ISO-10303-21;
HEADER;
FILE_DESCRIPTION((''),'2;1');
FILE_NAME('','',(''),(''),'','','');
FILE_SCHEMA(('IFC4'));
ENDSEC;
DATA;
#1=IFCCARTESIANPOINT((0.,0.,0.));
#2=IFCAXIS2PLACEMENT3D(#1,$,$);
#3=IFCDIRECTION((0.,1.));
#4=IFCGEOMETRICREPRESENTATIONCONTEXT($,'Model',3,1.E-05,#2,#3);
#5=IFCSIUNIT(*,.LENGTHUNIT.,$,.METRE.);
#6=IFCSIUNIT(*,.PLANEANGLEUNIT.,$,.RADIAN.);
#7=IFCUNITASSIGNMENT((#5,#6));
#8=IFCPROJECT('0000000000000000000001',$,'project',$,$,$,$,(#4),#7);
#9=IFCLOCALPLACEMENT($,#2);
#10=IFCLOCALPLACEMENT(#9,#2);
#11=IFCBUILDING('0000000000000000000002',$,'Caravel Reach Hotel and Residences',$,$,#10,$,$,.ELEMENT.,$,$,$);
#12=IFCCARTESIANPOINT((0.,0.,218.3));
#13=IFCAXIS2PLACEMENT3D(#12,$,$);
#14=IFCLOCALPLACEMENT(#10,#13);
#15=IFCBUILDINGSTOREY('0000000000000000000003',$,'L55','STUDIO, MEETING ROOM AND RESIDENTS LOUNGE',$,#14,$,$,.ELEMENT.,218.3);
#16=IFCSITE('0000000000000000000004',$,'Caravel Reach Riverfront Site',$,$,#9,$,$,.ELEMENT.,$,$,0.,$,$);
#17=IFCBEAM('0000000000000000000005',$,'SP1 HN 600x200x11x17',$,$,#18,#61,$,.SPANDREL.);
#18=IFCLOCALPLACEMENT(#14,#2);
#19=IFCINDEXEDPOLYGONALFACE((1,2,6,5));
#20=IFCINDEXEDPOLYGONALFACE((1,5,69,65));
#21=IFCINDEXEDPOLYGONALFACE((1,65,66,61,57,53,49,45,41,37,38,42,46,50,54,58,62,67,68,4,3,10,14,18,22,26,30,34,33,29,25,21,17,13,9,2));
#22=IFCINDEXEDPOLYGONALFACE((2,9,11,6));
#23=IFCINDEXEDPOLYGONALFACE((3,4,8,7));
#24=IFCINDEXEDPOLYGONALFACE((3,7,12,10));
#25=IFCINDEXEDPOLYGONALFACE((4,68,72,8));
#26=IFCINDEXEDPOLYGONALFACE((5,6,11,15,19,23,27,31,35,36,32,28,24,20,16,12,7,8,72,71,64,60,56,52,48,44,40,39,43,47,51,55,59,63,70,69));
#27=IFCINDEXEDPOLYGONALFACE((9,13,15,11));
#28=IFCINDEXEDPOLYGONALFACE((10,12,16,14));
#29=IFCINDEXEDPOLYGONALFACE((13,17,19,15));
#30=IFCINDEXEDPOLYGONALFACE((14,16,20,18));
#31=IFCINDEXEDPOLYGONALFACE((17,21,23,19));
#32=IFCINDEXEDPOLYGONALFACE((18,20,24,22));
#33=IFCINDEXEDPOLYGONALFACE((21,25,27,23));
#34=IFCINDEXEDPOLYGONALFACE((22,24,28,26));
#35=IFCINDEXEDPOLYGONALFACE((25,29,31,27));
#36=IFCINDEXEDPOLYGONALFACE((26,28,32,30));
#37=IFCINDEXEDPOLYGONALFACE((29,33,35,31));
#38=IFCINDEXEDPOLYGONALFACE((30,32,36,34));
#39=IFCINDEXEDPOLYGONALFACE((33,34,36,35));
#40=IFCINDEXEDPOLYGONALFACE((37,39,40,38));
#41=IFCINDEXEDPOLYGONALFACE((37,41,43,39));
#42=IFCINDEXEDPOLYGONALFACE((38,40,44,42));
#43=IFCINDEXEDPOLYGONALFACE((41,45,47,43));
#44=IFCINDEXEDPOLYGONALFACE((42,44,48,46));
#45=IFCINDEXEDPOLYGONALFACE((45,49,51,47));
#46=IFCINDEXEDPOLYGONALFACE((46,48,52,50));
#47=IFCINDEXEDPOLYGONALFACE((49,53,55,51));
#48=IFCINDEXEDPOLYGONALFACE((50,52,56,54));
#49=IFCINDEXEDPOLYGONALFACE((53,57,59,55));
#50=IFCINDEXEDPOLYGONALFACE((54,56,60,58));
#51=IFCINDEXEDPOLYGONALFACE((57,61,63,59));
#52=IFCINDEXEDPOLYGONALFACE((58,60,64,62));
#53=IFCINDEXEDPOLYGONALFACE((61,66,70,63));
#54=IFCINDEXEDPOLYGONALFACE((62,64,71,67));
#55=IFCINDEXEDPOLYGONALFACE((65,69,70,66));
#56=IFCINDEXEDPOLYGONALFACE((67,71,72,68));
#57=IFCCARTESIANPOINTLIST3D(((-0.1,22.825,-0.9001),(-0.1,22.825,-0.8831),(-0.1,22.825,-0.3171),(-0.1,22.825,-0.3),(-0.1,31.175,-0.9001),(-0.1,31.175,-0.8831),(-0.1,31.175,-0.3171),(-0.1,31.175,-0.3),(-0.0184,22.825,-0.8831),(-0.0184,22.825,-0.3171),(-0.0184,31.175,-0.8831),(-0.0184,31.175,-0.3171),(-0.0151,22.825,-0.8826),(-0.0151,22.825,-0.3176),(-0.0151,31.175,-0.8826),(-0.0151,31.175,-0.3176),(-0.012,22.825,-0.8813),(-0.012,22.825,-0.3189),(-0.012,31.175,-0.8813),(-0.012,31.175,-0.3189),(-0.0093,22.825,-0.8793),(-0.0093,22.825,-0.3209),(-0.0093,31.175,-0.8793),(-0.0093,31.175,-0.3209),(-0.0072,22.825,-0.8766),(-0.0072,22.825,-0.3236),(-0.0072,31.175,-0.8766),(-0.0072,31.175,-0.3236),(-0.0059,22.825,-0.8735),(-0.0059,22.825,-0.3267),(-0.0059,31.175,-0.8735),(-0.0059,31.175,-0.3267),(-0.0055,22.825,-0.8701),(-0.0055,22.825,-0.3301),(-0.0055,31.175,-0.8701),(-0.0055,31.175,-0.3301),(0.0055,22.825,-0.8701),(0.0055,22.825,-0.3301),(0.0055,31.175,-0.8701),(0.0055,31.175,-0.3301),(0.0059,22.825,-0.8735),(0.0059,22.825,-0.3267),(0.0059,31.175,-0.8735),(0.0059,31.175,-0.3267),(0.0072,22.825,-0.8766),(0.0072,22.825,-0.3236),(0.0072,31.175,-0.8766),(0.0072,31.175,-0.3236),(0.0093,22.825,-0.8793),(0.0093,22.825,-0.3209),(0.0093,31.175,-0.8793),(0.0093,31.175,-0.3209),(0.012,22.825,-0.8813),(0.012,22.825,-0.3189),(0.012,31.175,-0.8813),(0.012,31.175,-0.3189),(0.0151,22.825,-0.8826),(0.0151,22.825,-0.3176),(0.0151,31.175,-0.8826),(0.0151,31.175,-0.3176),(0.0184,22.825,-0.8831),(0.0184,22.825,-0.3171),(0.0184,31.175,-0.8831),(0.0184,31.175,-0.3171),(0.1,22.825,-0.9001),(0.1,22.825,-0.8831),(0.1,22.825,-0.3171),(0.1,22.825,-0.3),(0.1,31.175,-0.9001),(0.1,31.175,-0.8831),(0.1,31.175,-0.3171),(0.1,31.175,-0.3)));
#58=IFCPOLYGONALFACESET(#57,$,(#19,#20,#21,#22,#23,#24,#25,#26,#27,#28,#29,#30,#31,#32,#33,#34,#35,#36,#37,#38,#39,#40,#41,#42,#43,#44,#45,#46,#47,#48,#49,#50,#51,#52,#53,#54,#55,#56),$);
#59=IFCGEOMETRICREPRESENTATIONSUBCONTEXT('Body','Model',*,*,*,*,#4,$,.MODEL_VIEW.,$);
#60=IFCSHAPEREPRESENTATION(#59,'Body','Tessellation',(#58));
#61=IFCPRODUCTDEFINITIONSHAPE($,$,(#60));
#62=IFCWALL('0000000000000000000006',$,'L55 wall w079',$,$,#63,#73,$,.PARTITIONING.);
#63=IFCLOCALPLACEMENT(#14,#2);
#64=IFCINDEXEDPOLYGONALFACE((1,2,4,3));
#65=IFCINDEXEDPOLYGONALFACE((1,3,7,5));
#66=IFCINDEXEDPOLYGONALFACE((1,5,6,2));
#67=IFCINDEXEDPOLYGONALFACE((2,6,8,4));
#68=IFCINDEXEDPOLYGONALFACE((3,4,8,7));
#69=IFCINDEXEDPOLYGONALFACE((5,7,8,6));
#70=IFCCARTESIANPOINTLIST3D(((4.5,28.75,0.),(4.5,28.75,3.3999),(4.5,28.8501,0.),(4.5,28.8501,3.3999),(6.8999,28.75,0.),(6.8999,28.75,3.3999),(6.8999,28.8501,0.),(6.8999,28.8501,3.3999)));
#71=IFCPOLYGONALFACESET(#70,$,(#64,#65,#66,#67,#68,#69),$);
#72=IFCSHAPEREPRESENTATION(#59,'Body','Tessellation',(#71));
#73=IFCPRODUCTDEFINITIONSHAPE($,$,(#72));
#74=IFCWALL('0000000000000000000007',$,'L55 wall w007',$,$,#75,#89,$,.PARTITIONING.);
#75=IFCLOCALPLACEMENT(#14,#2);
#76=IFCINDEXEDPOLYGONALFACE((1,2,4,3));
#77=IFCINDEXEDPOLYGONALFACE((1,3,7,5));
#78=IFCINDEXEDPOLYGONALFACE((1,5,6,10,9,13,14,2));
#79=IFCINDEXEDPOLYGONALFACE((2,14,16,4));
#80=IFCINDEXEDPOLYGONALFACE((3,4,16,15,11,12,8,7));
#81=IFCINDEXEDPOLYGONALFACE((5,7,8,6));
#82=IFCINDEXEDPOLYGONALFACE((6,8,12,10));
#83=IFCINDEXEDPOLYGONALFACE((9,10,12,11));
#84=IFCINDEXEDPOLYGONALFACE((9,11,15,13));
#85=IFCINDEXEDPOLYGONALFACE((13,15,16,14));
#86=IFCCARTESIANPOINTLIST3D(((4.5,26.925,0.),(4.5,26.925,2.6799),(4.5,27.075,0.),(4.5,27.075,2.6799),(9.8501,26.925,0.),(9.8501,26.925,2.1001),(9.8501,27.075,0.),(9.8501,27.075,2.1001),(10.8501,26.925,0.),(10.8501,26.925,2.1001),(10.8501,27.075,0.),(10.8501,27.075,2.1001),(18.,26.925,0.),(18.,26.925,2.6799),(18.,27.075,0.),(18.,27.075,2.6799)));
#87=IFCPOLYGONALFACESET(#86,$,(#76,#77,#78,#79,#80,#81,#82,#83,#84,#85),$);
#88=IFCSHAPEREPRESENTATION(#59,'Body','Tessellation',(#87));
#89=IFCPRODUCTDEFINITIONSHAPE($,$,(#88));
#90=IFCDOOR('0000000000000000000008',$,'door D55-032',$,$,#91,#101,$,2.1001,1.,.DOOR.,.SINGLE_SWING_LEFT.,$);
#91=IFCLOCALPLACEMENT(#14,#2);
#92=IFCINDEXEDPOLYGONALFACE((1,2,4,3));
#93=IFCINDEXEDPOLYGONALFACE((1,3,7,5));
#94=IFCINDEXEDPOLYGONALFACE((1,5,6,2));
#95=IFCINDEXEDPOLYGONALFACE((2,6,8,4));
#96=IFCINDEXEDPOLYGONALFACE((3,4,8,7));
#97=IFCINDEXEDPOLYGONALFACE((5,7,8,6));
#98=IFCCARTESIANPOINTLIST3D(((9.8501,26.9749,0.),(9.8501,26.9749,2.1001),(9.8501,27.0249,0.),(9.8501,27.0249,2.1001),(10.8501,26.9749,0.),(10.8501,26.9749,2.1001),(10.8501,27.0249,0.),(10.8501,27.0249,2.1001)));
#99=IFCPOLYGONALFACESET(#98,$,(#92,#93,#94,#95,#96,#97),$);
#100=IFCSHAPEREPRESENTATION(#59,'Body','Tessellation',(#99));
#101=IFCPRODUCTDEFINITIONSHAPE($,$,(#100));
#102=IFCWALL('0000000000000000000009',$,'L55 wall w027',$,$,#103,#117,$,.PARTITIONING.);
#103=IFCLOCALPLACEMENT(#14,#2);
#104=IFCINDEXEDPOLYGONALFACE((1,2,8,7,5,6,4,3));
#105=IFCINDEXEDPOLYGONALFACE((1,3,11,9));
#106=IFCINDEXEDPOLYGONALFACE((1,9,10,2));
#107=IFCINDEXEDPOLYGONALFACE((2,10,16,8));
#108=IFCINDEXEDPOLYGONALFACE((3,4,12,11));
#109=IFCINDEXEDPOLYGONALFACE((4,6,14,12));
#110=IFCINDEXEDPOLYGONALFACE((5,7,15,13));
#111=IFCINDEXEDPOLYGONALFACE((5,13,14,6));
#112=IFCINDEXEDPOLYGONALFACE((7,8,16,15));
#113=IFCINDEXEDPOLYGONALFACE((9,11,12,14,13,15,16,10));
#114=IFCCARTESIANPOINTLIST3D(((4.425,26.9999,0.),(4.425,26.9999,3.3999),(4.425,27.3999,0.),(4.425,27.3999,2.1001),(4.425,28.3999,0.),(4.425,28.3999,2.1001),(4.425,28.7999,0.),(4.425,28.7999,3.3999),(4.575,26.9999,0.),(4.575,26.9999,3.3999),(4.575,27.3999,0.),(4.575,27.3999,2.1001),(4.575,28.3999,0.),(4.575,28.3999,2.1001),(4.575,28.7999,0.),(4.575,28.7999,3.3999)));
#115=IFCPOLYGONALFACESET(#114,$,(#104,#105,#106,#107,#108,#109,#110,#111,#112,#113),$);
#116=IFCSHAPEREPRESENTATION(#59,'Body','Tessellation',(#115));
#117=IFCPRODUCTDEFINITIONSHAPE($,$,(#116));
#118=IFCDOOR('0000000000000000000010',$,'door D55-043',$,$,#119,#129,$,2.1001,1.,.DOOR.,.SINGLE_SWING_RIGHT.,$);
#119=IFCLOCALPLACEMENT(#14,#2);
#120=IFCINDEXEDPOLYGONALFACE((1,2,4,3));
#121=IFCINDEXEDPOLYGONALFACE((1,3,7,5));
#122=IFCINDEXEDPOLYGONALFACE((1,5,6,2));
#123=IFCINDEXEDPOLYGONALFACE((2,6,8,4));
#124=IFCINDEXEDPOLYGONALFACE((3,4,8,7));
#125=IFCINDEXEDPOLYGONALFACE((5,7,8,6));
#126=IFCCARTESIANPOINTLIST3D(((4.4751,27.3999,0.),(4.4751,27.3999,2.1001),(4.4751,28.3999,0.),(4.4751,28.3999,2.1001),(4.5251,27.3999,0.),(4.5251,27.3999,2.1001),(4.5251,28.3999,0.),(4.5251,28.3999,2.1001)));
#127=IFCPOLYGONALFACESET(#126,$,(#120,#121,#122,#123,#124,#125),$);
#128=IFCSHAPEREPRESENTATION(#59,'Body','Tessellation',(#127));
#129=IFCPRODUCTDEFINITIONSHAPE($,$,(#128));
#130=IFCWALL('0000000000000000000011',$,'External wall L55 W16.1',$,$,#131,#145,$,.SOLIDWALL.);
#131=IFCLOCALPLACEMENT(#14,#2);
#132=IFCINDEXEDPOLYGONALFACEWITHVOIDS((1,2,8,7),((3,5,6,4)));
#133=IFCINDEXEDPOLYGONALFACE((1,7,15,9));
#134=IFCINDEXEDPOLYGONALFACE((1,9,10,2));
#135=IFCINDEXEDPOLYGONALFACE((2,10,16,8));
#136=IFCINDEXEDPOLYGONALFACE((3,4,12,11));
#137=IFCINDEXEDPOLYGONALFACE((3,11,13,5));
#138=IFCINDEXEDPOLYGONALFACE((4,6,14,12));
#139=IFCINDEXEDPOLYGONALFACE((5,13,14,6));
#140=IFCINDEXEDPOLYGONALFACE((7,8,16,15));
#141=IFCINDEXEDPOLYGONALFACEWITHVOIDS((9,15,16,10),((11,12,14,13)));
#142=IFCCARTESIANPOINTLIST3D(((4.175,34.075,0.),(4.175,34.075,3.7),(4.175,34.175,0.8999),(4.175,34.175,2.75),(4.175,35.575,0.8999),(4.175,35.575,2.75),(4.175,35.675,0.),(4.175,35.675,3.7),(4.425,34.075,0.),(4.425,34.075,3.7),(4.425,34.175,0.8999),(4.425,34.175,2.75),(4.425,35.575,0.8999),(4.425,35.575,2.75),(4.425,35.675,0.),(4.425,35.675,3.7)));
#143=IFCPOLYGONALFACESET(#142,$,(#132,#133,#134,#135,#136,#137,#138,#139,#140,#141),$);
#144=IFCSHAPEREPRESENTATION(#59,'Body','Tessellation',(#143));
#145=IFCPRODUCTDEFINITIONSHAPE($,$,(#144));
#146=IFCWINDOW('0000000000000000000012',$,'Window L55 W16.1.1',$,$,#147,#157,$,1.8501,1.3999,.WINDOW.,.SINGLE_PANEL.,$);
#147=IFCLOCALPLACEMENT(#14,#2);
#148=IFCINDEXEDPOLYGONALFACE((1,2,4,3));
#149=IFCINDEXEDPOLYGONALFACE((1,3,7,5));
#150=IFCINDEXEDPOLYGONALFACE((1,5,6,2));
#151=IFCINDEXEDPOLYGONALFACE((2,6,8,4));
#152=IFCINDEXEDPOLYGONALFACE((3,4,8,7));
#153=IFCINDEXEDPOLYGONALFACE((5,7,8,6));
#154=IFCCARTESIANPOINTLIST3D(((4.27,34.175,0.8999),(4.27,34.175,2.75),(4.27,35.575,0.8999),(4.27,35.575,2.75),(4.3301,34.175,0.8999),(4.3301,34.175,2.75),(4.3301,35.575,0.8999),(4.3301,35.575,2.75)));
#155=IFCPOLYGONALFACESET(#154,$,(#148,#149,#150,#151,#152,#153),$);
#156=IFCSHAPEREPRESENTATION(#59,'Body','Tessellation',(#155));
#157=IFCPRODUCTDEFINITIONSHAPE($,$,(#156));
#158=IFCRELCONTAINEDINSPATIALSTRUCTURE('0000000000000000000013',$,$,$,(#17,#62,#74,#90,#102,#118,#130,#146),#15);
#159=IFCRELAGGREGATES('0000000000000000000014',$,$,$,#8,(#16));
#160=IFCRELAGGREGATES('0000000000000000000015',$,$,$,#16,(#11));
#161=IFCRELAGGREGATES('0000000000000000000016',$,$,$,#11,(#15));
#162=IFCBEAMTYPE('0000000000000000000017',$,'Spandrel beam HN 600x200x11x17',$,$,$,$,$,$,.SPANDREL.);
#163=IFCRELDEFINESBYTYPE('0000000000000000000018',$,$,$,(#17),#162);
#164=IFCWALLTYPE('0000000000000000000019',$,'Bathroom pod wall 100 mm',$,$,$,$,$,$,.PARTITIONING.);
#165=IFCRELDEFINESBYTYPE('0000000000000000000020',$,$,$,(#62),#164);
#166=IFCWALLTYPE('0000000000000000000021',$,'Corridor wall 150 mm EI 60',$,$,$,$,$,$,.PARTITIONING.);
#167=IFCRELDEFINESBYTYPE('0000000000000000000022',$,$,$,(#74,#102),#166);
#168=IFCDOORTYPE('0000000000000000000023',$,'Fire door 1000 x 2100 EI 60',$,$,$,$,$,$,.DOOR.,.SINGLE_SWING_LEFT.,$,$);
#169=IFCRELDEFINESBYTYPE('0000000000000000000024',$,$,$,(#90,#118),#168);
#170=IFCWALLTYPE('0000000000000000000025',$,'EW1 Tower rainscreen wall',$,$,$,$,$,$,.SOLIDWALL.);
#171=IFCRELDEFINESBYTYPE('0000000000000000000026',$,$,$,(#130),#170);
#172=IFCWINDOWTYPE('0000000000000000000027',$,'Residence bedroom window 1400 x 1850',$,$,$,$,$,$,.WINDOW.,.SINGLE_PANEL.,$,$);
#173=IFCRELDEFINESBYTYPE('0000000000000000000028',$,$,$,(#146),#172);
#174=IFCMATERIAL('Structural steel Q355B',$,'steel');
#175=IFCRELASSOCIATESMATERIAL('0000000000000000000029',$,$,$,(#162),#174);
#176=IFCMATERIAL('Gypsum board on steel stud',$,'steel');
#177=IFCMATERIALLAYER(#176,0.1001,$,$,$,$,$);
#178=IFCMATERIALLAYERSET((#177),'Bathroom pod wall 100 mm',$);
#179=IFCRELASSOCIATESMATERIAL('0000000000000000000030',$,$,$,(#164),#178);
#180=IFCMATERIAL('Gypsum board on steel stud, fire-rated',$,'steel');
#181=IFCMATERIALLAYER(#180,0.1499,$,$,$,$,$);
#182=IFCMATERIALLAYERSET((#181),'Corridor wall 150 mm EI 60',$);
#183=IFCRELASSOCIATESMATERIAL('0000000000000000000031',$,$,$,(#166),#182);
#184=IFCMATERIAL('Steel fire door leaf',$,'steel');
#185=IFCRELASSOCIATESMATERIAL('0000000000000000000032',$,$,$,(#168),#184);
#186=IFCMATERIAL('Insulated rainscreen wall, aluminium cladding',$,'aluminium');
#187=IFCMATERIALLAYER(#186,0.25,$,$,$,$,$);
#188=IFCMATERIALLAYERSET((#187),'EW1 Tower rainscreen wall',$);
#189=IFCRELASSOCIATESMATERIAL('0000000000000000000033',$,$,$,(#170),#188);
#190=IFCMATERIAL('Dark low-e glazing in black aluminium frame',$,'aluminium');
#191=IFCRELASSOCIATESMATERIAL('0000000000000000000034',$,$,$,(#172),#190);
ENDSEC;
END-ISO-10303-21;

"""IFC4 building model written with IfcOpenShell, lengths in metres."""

from ifc_helpers import new_model, si_unit, direction, frame, frame_2d, origin, origin_2d, place, context, subcontext, project, spatial, rectangle, i_section, extrude, material, layer, layer_set, material_profile, profile_set, type_object, element, fill, save


model = new_model("IFC4")

# Units and contexts
model_context = context("Model", 3, precision=1e-05, world=origin(), true_north=direction((0.0, 1.0)))
body_context = subcontext(model_context, "Body", "Model", "MODEL_VIEW")
ifc_project = project(units=[si_unit("LENGTHUNIT", "METRE"), si_unit("PLANEANGLEUNIT", "RADIAN")], contexts=[model_context])

# Site, building, storey
site_placement = place(None, origin())
site = spatial("IfcSite", under=ifc_project, at=site_placement, Name="Caravel Reach Riverfront Site", CompositionType="ELEMENT", RefElevation=0.0)
building_placement = place(site_placement, origin())
building = spatial("IfcBuilding", under=site, at=building_placement, Name="Caravel Reach Hotel and Residences", CompositionType="ELEMENT")
storey_placement = place(building_placement, frame((0.0, 0.0, 218.3)))
storey = spatial("IfcBuildingStorey", under=building, at=storey_placement, Name="L55", Description="STUDIO, MEETING ROOM AND RESIDENTS LOUNGE", CompositionType="ELEMENT", Elevation=218.3)

# Beam
ifc_material_1 = material(Name="Structural steel Q355B", Category="steel")
ifc_material_profile_1 = material_profile(ifc_material_1, i_section(OverallWidth=0.2, OverallDepth=0.6001, WebThickness=0.011, FlangeThickness=0.0171, FilletRadius=0.0129, at=origin_2d()), Name="HN 600x200x11x17")
ifc_profile_set_1 = profile_set([ifc_material_profile_1], Name="Structural steel Q355B")
beam_type = type_object("IfcBeamType", Name="Spandrel beam HN 600x200x11x17", PredefinedType="SPANDREL", material=ifc_profile_set_1)
beam_placement = place(storey_placement, frame((0.0, 31.175, -0.6001), z_axis=(0.0, -1.0, 0.0), x_axis=(1.0, 0.0, 0.0)))
element("IfcBeam", 1, at=beam_placement, inside=storey, type_object=beam_type, Name="SP1 HN 600x200x11x17", PredefinedType="SPANDREL", context=body_context, shape_type="SweptSolid", body=[
    extrude(i_section(OverallWidth=0.2, OverallDepth=0.6001, WebThickness=0.011, FlangeThickness=0.0171, FilletRadius=0.0129, at=origin_2d()), origin(), (0.0, 0.0, 1.0), 8.3501),
])

# Wall
ifc_material_2 = material(Name="Gypsum board on steel stud", Category="steel")
ifc_layer_1 = layer(ifc_material_2, 0.1001)
ifc_layer_set_1 = layer_set([ifc_layer_1], Name="Bathroom pod wall 100 mm")
wall_type_1 = type_object("IfcWallType", Name="Bathroom pod wall 100 mm", PredefinedType="PARTITIONING", material=ifc_layer_set_1)
wall_1_placement = place(storey_placement, frame((4.5, 28.8, 0.0), z_axis=(0.0, 0.0, 1.0), x_axis=(1.0, 0.0, 0.0)))
element("IfcWall", 2, at=wall_1_placement, inside=storey, type_object=wall_type_1, Name="L55 wall w079", PredefinedType="PARTITIONING", context=body_context, shape_type="SweptSolid", body=[
    extrude(rectangle(XDim=2.3999, YDim=0.1001, at=frame_2d((1.2, 0.0))), origin(), (0.0, 0.0, 1.0), 3.3999),
])

# Walls, openings, doors
ifc_material_3 = material(Name="Gypsum board on steel stud, fire-rated", Category="steel")
ifc_layer_2 = layer(ifc_material_3, 0.1499)
ifc_layer_set_2 = layer_set([ifc_layer_2], Name="Corridor wall 150 mm EI 60")
wall_type_2 = type_object("IfcWallType", Name="Corridor wall 150 mm EI 60", PredefinedType="PARTITIONING", material=ifc_layer_set_2)
wall_2_placement = place(storey_placement, frame((4.5, 27.0, 0.0), z_axis=(0.0, 0.0, 1.0), x_axis=(1.0, 0.0, 0.0)))
wall_2 = element("IfcWall", 3, at=wall_2_placement, inside=storey, type_object=wall_type_2, Name="L55 wall w007", PredefinedType="PARTITIONING", context=body_context, shape_type="SweptSolid", body=[
    extrude(rectangle(XDim=13.5, YDim=0.1499, at=frame_2d((6.75, 0.0))), origin(), (0.0, 0.0, 1.0), 2.6799),
])
opening_1_placement = place(wall_2_placement, frame((5.3501, 0.0, 0.0)))
opening_1 = element("IfcOpeningElement", 4, at=opening_1_placement, cuts=wall_2, PredefinedType="OPENING", context=body_context, shape_type="SweptSolid", body=[
    extrude(rectangle(XDim=1.0, YDim=2.1001, at=frame_2d((0.5, 1.05))), frame((0.0, 0.085, 0.0), z_axis=(0.0, -1.0, 0.0), x_axis=(1.0, 0.0, 0.0)), (0.0, 0.0, 1.0), 0.1699),
])
ifc_material_4 = material(Name="Steel fire door leaf", Category="steel")
door_type = type_object("IfcDoorType", Name="Fire door 1000 x 2100 EI 60", OperationType="SINGLE_SWING_LEFT", PredefinedType="DOOR", material=ifc_material_4)
door_1_placement = place(opening_1_placement, origin())
door_1 = element("IfcDoor", 5, at=door_1_placement, inside=storey, type_object=door_type, Name="door D55-032", OperationType="SINGLE_SWING_LEFT", OverallHeight=2.1001, OverallWidth=1.0, PredefinedType="DOOR", context=body_context, shape_type="SweptSolid", body=[
    extrude(rectangle(XDim=1.0, YDim=2.1001, at=frame_2d((0.5, 1.05))), frame((0.0, 0.0249, 0.0), z_axis=(0.0, -1.0, 0.0), x_axis=(1.0, 0.0, 0.0)), (0.0, 0.0, 1.0), 0.05),
])
fill(opening_1, door_1)
wall_3_placement = place(storey_placement, frame((4.5, 27.0, 0.0), z_axis=(0.0, 0.0, 1.0), x_axis=(0.0, 1.0, 0.0)))
wall_3 = element("IfcWall", 6, at=wall_3_placement, inside=storey, type_object=wall_type_2, Name="L55 wall w027", PredefinedType="PARTITIONING", context=body_context, shape_type="SweptSolid", body=[
    extrude(rectangle(XDim=1.8, YDim=0.1499, at=frame_2d((0.8999, 0.0))), origin(), (0.0, 0.0, 1.0), 3.3999),
])
opening_2_placement = place(wall_3_placement, frame((0.3999, 0.0, 0.0)))
opening_2 = element("IfcOpeningElement", 7, at=opening_2_placement, cuts=wall_3, PredefinedType="OPENING", context=body_context, shape_type="SweptSolid", body=[
    extrude(rectangle(XDim=1.0, YDim=2.1001, at=frame_2d((0.5, 1.05))), frame((0.0, 0.085, 0.0), z_axis=(0.0, -1.0, 0.0), x_axis=(1.0, 0.0, 0.0)), (0.0, 0.0, 1.0), 0.1699),
])
door_2_placement = place(opening_2_placement, origin())
door_2 = element("IfcDoor", 8, at=door_2_placement, inside=storey, type_object=door_type, Name="door D55-043", OperationType="SINGLE_SWING_RIGHT", OverallHeight=2.1001, OverallWidth=1.0, PredefinedType="DOOR", context=body_context, shape_type="SweptSolid", body=[
    extrude(rectangle(XDim=1.0, YDim=2.1001, at=frame_2d((0.5, 1.05))), frame((0.0, 0.0249, 0.0), z_axis=(0.0, -1.0, 0.0), x_axis=(1.0, 0.0, 0.0)), (0.0, 0.0, 1.0), 0.05),
])
fill(opening_2, door_2)

# Wall, opening, window
ifc_material_5 = material(Name="Insulated rainscreen wall, aluminium cladding", Category="aluminium")
ifc_layer_3 = layer(ifc_material_5, 0.25)
ifc_layer_set_3 = layer_set([ifc_layer_3], Name="EW1 Tower rainscreen wall")
wall_type_3 = type_object("IfcWallType", Name="EW1 Tower rainscreen wall", PredefinedType="SOLIDWALL", material=ifc_layer_set_3)
wall_4_placement = place(storey_placement, frame((4.3, 35.675, 0.0), z_axis=(0.0, 0.0, 1.0), x_axis=(0.0, -1.0, 0.0)))
wall_4 = element("IfcWall", 9, at=wall_4_placement, inside=storey, type_object=wall_type_3, Name="External wall L55 W16.1", PredefinedType="SOLIDWALL", context=body_context, shape_type="SweptSolid", body=[
    extrude(rectangle(XDim=1.6001, YDim=0.25, at=frame_2d((0.8, 0.0))), origin(), (0.0, 0.0, 1.0), 3.7),
])
opening_3_placement = place(wall_4_placement, frame((0.1001, 0.0, 0.8999)))
opening_3 = element("IfcOpeningElement", 10, at=opening_3_placement, cuts=wall_4, PredefinedType="OPENING", context=body_context, shape_type="SweptSolid", body=[
    extrude(rectangle(XDim=1.3999, YDim=1.8501, at=frame_2d((0.7, 0.925))), frame((0.0, 0.135, 0.0), z_axis=(0.0, -1.0, 0.0), x_axis=(1.0, 0.0, 0.0)), (0.0, 0.0, 1.0), 0.27),
])
ifc_material_6 = material(Name="Dark low-e glazing in black aluminium frame", Category="aluminium")
window_type_1 = type_object("IfcWindowType", Name="Residence bedroom window 1400 x 1850", PartitioningType="SINGLE_PANEL", PredefinedType="WINDOW", material=ifc_material_6)
window_1_placement = place(opening_3_placement, origin())
window_1 = element("IfcWindow", 11, at=window_1_placement, inside=storey, type_object=window_type_1, Name="Window L55 W16.1.1", OverallHeight=1.8501, OverallWidth=1.3999, PartitioningType="SINGLE_PANEL", PredefinedType="WINDOW", context=body_context, shape_type="SweptSolid", body=[
    extrude(rectangle(XDim=1.3999, YDim=1.8501, at=frame_2d((0.7, 0.925))), frame((0.0, 0.03, 0.0), z_axis=(0.0, -1.0, 0.0), x_axis=(1.0, 0.0, 0.0)), (0.0, 0.0, 1.0), 0.0601),
])
fill(opening_3, window_1)

save(model, "model.ifc")
